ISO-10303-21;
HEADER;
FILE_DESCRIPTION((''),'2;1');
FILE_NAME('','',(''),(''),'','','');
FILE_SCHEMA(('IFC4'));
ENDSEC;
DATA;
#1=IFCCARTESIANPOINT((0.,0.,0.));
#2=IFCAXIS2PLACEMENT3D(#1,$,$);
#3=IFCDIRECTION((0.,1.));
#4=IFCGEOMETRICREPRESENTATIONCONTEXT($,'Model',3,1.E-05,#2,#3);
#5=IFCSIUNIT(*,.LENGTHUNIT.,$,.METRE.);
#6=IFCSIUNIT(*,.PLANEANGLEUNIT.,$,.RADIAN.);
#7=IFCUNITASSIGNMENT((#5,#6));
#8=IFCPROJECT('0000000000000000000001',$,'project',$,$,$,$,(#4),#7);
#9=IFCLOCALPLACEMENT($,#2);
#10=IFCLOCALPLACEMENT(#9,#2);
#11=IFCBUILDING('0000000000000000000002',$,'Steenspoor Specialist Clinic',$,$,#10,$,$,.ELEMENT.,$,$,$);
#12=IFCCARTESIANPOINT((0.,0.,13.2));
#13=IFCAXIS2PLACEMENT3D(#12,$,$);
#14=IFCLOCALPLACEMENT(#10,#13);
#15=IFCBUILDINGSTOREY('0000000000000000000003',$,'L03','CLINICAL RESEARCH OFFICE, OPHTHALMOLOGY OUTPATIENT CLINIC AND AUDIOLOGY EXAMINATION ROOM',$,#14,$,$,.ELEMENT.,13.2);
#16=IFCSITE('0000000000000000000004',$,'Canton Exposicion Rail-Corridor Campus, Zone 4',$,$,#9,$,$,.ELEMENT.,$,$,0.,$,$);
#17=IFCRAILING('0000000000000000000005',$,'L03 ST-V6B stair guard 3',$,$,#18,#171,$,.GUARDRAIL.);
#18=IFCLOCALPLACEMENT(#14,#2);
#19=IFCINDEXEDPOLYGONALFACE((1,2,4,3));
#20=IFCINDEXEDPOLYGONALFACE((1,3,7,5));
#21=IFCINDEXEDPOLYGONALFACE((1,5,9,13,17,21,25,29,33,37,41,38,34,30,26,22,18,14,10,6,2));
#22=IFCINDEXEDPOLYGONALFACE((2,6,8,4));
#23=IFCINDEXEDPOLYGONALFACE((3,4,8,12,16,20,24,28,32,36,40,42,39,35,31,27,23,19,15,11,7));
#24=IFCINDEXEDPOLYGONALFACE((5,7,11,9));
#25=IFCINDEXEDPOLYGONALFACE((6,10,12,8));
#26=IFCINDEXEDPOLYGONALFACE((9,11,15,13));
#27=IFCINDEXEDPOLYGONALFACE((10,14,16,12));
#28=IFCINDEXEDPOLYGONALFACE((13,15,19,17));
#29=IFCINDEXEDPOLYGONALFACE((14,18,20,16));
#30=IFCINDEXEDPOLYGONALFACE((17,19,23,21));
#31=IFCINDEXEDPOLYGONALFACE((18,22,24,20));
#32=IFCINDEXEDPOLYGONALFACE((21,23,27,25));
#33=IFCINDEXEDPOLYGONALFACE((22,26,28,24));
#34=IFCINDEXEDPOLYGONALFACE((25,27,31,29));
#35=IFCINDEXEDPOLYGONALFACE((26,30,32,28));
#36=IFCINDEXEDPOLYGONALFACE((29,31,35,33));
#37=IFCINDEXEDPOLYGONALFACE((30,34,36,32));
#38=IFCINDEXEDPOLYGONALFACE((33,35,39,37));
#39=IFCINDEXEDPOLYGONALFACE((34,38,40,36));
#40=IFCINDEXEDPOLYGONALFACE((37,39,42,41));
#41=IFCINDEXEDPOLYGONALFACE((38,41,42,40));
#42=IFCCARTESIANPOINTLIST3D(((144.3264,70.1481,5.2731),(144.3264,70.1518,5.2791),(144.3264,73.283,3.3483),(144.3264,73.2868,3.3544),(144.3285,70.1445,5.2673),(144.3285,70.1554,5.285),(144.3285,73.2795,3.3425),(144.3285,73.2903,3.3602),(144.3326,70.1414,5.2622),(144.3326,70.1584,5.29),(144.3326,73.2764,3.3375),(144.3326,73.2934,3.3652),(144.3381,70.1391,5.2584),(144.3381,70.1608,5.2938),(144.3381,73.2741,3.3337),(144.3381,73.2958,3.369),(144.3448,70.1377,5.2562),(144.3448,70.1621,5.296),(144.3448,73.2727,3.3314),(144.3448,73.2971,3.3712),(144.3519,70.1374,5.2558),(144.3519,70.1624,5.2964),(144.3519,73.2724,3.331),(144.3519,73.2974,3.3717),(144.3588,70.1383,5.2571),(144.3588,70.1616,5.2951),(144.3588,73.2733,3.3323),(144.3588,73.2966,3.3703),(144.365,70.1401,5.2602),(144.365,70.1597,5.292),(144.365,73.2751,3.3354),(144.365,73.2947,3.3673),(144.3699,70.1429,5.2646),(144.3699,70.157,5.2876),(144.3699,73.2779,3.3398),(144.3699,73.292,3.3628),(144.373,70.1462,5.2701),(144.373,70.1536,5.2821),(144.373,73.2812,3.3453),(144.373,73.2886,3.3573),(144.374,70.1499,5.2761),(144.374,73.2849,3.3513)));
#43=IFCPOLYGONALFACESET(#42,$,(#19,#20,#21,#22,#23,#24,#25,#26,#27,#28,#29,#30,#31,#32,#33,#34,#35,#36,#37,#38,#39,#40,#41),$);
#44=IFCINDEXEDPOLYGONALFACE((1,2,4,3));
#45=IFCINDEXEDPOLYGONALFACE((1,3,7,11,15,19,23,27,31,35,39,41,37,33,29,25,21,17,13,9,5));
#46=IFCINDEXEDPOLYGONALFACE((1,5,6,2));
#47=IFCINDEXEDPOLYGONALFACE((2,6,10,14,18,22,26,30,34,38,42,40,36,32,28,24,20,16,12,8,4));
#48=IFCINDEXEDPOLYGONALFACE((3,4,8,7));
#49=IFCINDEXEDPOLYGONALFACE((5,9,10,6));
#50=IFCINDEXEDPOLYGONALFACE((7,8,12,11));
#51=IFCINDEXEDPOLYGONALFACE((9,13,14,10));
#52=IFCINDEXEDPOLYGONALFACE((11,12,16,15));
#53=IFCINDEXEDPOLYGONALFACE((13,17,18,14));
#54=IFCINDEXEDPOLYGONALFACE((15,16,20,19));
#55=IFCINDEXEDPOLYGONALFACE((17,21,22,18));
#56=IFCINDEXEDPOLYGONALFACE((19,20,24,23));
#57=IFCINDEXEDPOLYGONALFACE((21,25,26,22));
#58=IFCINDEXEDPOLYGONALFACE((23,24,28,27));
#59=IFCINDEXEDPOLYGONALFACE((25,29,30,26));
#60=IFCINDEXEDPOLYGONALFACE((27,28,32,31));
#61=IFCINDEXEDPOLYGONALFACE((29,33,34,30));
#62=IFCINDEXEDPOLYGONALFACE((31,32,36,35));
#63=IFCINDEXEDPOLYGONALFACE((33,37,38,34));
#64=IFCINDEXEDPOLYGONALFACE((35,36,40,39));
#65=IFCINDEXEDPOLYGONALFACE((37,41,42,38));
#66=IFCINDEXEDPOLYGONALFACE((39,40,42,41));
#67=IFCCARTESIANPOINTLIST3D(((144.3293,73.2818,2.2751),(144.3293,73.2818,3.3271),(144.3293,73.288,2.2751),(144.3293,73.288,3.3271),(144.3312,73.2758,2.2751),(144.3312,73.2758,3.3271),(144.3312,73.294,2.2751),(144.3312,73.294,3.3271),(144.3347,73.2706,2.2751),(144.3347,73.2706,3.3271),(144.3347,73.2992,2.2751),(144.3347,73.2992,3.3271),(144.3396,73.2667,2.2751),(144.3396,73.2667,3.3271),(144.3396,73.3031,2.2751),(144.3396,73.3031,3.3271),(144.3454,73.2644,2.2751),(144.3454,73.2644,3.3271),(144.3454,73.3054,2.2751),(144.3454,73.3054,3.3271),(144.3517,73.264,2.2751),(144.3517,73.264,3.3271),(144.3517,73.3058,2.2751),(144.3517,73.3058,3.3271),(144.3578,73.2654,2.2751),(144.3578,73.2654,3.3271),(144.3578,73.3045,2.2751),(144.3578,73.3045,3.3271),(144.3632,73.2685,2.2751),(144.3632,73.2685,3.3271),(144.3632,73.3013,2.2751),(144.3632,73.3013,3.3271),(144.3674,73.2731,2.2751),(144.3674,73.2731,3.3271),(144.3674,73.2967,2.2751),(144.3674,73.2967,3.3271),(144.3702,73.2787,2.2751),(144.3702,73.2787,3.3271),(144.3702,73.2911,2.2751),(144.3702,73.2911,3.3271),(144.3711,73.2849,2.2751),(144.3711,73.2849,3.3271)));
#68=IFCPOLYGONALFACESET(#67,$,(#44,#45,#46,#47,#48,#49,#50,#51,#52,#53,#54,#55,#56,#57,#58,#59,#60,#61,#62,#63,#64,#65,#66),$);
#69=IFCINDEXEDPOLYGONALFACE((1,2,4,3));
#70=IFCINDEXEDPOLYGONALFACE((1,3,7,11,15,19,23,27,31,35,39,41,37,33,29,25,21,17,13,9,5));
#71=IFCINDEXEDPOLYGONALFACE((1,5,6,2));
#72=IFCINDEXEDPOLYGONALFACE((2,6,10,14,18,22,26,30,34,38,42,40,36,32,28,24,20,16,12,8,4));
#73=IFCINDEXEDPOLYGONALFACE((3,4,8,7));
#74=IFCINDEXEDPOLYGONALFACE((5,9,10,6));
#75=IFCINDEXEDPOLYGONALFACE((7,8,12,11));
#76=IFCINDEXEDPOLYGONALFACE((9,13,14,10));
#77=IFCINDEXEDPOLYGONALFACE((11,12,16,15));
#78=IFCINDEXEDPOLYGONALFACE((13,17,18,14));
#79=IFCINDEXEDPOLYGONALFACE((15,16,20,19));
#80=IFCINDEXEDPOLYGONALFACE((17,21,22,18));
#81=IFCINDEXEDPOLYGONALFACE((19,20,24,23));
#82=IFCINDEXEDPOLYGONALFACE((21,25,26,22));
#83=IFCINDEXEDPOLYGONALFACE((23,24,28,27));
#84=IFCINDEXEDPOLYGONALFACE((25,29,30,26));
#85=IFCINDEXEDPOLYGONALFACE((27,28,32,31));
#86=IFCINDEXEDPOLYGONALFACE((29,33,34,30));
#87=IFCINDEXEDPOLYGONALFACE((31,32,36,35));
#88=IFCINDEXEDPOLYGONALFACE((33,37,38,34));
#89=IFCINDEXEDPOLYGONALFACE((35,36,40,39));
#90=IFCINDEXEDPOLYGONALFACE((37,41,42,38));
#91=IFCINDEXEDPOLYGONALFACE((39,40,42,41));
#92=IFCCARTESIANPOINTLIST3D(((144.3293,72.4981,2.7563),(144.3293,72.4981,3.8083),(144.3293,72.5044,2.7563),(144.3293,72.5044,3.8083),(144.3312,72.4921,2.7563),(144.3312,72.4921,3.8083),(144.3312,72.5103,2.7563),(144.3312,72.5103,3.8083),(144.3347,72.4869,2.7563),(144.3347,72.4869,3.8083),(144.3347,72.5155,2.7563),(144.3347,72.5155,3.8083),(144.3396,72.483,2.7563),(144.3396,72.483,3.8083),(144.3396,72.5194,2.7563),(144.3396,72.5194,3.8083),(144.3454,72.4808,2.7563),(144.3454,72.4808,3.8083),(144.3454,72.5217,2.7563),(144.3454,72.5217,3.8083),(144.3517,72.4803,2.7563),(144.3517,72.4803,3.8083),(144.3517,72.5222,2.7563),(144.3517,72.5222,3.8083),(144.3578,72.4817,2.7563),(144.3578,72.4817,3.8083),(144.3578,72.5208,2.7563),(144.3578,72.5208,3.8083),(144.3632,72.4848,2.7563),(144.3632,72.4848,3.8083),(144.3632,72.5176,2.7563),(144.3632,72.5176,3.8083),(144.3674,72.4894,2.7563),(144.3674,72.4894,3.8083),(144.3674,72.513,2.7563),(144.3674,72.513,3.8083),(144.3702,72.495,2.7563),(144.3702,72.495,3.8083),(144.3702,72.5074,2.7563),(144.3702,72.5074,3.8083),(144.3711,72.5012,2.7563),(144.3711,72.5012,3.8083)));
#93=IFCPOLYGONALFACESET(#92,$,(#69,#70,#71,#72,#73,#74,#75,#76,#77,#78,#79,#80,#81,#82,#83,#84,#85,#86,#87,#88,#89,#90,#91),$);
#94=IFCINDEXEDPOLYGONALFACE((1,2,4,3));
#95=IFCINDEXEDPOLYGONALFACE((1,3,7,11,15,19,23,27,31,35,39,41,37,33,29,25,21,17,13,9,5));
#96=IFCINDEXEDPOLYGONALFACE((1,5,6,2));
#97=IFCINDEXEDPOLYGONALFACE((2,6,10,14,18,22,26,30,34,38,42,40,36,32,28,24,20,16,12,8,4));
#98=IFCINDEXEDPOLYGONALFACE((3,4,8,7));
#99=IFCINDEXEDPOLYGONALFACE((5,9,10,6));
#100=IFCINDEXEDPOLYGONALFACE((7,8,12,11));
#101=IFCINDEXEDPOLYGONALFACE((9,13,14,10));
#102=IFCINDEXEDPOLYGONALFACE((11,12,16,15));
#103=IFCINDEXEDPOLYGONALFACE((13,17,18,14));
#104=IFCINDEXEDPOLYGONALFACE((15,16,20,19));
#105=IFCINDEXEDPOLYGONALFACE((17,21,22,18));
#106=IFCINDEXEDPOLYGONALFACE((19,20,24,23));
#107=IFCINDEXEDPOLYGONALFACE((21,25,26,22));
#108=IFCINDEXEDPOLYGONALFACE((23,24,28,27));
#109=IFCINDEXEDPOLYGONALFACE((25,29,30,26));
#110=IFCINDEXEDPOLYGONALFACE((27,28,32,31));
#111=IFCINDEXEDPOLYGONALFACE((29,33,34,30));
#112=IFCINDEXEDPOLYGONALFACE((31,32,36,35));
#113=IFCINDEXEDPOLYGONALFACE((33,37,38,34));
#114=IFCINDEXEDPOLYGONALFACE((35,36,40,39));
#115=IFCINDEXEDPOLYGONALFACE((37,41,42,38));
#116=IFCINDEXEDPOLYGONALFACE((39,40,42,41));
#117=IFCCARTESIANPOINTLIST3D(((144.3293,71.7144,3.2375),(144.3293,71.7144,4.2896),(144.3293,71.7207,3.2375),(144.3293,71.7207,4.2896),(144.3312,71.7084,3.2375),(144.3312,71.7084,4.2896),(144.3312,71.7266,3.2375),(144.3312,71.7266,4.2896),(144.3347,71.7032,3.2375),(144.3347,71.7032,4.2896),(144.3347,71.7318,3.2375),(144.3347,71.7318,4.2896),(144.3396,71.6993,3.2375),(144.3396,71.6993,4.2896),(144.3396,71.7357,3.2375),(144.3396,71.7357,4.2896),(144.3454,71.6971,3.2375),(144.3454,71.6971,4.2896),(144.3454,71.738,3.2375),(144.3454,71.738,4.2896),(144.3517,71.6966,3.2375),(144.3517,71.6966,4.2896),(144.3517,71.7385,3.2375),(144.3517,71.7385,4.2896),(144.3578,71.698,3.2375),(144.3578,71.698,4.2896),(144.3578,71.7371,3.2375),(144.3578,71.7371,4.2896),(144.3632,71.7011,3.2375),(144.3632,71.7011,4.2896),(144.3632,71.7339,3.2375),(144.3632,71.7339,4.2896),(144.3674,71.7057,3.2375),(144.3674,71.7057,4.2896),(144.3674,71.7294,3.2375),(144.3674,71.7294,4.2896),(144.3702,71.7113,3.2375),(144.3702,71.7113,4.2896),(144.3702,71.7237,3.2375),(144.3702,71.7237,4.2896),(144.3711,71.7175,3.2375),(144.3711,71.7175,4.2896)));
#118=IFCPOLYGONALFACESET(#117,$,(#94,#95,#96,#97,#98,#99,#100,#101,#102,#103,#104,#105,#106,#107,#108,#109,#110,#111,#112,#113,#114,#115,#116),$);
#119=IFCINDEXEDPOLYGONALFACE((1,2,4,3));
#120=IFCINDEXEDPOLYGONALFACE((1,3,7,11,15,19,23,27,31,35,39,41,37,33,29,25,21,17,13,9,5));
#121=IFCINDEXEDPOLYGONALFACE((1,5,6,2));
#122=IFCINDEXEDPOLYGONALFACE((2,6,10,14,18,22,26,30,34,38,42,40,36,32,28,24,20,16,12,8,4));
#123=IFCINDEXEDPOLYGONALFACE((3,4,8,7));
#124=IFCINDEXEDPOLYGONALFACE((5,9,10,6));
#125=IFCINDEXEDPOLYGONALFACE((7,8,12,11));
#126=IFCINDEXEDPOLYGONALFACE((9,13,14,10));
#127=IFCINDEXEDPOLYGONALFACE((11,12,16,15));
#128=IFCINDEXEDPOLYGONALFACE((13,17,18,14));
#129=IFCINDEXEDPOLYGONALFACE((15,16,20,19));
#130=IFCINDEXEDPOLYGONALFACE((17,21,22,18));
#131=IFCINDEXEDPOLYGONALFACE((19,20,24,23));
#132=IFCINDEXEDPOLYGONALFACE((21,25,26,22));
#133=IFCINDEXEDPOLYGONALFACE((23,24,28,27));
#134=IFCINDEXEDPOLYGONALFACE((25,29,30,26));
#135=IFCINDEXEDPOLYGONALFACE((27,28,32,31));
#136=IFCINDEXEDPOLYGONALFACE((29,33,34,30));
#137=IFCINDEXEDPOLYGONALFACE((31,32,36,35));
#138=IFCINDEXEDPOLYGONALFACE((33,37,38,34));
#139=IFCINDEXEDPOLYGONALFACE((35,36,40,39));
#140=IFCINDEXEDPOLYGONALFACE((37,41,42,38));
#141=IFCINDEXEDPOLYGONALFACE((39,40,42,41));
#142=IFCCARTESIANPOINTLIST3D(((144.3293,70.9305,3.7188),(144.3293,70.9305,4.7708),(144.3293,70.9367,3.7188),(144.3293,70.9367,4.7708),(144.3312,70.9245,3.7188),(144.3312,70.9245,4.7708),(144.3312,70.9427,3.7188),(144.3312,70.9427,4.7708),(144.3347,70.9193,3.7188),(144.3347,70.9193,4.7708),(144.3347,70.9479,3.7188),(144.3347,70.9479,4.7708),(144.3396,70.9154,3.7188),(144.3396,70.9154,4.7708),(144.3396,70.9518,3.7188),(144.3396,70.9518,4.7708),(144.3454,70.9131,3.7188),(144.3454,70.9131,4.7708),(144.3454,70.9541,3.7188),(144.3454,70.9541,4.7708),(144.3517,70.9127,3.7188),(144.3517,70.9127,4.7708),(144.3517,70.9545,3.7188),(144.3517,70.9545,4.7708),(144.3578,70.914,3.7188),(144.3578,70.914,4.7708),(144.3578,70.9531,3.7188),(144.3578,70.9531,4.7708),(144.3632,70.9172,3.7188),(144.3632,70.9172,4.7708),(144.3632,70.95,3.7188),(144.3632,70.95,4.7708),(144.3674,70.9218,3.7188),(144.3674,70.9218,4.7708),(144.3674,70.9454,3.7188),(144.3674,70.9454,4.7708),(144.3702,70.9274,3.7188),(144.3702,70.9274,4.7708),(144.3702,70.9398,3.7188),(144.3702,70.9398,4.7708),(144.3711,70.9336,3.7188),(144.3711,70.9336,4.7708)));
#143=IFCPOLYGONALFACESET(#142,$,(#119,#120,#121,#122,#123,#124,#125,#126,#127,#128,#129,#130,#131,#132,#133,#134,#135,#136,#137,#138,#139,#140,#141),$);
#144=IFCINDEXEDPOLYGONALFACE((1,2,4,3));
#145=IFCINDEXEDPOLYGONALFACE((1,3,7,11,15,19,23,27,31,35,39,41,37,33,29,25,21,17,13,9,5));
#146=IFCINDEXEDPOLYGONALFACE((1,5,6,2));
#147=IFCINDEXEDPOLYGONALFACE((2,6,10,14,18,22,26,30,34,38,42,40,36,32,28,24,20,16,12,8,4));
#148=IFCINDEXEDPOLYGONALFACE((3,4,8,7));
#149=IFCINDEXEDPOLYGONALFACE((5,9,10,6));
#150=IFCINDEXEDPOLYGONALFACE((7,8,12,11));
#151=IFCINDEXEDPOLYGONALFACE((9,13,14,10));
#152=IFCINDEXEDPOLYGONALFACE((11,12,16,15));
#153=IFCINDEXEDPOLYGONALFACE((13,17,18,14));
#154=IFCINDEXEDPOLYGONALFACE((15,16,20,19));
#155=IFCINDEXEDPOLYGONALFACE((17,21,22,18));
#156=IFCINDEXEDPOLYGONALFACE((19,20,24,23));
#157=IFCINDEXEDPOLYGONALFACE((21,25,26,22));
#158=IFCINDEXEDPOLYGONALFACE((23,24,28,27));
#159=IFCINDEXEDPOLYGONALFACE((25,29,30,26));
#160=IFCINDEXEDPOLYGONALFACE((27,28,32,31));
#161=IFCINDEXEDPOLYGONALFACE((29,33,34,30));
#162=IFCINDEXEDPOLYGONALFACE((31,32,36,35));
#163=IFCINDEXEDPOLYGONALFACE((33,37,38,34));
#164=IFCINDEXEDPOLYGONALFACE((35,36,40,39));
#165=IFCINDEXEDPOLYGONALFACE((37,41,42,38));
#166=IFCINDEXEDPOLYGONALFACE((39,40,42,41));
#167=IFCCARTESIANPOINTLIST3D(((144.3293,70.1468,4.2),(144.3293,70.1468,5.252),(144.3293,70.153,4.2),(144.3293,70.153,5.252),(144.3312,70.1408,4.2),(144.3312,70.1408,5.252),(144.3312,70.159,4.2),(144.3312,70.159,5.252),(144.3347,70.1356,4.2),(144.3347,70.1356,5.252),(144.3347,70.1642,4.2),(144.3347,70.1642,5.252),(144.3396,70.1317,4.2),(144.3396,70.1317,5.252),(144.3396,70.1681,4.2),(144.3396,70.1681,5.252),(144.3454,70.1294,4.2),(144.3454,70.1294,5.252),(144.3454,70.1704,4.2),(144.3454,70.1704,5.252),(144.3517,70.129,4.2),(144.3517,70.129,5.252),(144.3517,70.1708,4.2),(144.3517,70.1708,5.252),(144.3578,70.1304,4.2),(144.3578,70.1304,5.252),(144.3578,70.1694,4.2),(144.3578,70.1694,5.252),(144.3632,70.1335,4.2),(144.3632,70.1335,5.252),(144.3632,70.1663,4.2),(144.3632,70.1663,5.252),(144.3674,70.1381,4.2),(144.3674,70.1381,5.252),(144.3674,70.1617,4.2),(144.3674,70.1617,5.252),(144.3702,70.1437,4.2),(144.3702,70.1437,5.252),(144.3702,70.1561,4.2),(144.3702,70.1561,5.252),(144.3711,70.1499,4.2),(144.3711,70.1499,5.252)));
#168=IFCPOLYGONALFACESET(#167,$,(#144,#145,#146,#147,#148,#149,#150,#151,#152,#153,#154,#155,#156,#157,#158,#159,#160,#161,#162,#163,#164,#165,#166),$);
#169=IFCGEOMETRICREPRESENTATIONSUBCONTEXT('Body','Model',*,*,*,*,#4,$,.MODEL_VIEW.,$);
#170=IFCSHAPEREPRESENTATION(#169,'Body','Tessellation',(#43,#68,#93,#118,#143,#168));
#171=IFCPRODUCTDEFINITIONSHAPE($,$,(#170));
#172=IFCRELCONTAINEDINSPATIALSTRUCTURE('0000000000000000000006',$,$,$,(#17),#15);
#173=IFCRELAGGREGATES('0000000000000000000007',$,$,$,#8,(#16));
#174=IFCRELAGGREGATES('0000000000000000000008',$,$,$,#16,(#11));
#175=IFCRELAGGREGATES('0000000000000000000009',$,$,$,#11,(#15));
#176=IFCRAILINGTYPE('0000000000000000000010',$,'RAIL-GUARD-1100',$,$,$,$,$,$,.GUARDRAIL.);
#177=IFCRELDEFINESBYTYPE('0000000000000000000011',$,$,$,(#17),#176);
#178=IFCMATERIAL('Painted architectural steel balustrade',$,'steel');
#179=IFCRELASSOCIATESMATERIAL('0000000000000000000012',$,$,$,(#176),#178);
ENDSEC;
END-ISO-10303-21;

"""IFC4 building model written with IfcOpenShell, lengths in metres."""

from ifc_helpers import new_model, si_unit, direction, frame, origin, origin_2d, place, context, subcontext, project, spatial, circle, extrude, material, type_object, element, save


model = new_model("IFC4")

# Units and contexts
model_context = context("Model", 3, precision=1e-05, world=origin(), true_north=direction((0.0, 1.0)))
body_context = subcontext(model_context, "Body", "Model", "MODEL_VIEW")
ifc_project = project(units=[si_unit("LENGTHUNIT", "METRE"), si_unit("PLANEANGLEUNIT", "RADIAN")], contexts=[model_context])

# Site, building, storey
site_placement = place(None, origin())
site = spatial("IfcSite", under=ifc_project, at=site_placement, Name="Canton Exposicion Rail-Corridor Campus, Zone 4", CompositionType="ELEMENT", RefElevation=0.0)
building_placement = place(site_placement, origin())
building = spatial("IfcBuilding", under=site, at=building_placement, Name="Steenspoor Specialist Clinic", CompositionType="ELEMENT")
storey_placement = place(building_placement, frame((0.0, 0.0, 13.2)))
storey = spatial("IfcBuildingStorey", under=building, at=storey_placement, Name="L03", Description="CLINICAL RESEARCH OFFICE, OPHTHALMOLOGY OUTPATIENT CLINIC AND AUDIOLOGY EXAMINATION ROOM", CompositionType="ELEMENT", Elevation=13.2)

# Railing
ifc_material_1 = material(Name="Painted architectural steel balustrade", Category="steel")
railing_type_1 = type_object("IfcRailingType", Name="RAIL-GUARD-1100", PredefinedType="GUARDRAIL", material=ifc_material_1)
railing_1_placement = place(storey_placement, frame((144.3501, 73.2849, 2.2751)))
element("IfcRailing", 1, at=railing_1_placement, inside=storey, type_object=railing_type_1, Name="L03 ST-V6B stair guard 3", PredefinedType="GUARDRAIL", context=body_context, shape_type="SweptSolid", body=[
    extrude(circle(Radius=0.0239, at=origin_2d()), frame((0.0, 0.0, 1.0762), z_axis=(0.0, -0.852196, 0.523223), x_axis=(1.0, 0.0, 0.0)), (0.0, 0.0, 1.0), 3.6787),
    extrude(circle(Radius=0.021, at=origin_2d()), origin(), (0.0, 0.0, 1.0), 1.052),
    extrude(circle(Radius=0.021, at=origin_2d()), frame((0.0, -0.7837, 0.4812)), (0.0, 0.0, 1.0), 1.052),
    extrude(circle(Radius=0.021, at=origin_2d()), frame((0.0, -1.5674, 0.9624)), (0.0, 0.0, 1.0), 1.052),
    extrude(circle(Radius=0.021, at=origin_2d()), frame((0.0, -2.3513, 1.4436)), (0.0, 0.0, 1.0), 1.052),
    extrude(circle(Radius=0.021, at=origin_2d()), frame((0.0, -3.135, 1.9248)), (0.0, 0.0, 1.0), 1.052),
])

save(model, "model.ifc")
